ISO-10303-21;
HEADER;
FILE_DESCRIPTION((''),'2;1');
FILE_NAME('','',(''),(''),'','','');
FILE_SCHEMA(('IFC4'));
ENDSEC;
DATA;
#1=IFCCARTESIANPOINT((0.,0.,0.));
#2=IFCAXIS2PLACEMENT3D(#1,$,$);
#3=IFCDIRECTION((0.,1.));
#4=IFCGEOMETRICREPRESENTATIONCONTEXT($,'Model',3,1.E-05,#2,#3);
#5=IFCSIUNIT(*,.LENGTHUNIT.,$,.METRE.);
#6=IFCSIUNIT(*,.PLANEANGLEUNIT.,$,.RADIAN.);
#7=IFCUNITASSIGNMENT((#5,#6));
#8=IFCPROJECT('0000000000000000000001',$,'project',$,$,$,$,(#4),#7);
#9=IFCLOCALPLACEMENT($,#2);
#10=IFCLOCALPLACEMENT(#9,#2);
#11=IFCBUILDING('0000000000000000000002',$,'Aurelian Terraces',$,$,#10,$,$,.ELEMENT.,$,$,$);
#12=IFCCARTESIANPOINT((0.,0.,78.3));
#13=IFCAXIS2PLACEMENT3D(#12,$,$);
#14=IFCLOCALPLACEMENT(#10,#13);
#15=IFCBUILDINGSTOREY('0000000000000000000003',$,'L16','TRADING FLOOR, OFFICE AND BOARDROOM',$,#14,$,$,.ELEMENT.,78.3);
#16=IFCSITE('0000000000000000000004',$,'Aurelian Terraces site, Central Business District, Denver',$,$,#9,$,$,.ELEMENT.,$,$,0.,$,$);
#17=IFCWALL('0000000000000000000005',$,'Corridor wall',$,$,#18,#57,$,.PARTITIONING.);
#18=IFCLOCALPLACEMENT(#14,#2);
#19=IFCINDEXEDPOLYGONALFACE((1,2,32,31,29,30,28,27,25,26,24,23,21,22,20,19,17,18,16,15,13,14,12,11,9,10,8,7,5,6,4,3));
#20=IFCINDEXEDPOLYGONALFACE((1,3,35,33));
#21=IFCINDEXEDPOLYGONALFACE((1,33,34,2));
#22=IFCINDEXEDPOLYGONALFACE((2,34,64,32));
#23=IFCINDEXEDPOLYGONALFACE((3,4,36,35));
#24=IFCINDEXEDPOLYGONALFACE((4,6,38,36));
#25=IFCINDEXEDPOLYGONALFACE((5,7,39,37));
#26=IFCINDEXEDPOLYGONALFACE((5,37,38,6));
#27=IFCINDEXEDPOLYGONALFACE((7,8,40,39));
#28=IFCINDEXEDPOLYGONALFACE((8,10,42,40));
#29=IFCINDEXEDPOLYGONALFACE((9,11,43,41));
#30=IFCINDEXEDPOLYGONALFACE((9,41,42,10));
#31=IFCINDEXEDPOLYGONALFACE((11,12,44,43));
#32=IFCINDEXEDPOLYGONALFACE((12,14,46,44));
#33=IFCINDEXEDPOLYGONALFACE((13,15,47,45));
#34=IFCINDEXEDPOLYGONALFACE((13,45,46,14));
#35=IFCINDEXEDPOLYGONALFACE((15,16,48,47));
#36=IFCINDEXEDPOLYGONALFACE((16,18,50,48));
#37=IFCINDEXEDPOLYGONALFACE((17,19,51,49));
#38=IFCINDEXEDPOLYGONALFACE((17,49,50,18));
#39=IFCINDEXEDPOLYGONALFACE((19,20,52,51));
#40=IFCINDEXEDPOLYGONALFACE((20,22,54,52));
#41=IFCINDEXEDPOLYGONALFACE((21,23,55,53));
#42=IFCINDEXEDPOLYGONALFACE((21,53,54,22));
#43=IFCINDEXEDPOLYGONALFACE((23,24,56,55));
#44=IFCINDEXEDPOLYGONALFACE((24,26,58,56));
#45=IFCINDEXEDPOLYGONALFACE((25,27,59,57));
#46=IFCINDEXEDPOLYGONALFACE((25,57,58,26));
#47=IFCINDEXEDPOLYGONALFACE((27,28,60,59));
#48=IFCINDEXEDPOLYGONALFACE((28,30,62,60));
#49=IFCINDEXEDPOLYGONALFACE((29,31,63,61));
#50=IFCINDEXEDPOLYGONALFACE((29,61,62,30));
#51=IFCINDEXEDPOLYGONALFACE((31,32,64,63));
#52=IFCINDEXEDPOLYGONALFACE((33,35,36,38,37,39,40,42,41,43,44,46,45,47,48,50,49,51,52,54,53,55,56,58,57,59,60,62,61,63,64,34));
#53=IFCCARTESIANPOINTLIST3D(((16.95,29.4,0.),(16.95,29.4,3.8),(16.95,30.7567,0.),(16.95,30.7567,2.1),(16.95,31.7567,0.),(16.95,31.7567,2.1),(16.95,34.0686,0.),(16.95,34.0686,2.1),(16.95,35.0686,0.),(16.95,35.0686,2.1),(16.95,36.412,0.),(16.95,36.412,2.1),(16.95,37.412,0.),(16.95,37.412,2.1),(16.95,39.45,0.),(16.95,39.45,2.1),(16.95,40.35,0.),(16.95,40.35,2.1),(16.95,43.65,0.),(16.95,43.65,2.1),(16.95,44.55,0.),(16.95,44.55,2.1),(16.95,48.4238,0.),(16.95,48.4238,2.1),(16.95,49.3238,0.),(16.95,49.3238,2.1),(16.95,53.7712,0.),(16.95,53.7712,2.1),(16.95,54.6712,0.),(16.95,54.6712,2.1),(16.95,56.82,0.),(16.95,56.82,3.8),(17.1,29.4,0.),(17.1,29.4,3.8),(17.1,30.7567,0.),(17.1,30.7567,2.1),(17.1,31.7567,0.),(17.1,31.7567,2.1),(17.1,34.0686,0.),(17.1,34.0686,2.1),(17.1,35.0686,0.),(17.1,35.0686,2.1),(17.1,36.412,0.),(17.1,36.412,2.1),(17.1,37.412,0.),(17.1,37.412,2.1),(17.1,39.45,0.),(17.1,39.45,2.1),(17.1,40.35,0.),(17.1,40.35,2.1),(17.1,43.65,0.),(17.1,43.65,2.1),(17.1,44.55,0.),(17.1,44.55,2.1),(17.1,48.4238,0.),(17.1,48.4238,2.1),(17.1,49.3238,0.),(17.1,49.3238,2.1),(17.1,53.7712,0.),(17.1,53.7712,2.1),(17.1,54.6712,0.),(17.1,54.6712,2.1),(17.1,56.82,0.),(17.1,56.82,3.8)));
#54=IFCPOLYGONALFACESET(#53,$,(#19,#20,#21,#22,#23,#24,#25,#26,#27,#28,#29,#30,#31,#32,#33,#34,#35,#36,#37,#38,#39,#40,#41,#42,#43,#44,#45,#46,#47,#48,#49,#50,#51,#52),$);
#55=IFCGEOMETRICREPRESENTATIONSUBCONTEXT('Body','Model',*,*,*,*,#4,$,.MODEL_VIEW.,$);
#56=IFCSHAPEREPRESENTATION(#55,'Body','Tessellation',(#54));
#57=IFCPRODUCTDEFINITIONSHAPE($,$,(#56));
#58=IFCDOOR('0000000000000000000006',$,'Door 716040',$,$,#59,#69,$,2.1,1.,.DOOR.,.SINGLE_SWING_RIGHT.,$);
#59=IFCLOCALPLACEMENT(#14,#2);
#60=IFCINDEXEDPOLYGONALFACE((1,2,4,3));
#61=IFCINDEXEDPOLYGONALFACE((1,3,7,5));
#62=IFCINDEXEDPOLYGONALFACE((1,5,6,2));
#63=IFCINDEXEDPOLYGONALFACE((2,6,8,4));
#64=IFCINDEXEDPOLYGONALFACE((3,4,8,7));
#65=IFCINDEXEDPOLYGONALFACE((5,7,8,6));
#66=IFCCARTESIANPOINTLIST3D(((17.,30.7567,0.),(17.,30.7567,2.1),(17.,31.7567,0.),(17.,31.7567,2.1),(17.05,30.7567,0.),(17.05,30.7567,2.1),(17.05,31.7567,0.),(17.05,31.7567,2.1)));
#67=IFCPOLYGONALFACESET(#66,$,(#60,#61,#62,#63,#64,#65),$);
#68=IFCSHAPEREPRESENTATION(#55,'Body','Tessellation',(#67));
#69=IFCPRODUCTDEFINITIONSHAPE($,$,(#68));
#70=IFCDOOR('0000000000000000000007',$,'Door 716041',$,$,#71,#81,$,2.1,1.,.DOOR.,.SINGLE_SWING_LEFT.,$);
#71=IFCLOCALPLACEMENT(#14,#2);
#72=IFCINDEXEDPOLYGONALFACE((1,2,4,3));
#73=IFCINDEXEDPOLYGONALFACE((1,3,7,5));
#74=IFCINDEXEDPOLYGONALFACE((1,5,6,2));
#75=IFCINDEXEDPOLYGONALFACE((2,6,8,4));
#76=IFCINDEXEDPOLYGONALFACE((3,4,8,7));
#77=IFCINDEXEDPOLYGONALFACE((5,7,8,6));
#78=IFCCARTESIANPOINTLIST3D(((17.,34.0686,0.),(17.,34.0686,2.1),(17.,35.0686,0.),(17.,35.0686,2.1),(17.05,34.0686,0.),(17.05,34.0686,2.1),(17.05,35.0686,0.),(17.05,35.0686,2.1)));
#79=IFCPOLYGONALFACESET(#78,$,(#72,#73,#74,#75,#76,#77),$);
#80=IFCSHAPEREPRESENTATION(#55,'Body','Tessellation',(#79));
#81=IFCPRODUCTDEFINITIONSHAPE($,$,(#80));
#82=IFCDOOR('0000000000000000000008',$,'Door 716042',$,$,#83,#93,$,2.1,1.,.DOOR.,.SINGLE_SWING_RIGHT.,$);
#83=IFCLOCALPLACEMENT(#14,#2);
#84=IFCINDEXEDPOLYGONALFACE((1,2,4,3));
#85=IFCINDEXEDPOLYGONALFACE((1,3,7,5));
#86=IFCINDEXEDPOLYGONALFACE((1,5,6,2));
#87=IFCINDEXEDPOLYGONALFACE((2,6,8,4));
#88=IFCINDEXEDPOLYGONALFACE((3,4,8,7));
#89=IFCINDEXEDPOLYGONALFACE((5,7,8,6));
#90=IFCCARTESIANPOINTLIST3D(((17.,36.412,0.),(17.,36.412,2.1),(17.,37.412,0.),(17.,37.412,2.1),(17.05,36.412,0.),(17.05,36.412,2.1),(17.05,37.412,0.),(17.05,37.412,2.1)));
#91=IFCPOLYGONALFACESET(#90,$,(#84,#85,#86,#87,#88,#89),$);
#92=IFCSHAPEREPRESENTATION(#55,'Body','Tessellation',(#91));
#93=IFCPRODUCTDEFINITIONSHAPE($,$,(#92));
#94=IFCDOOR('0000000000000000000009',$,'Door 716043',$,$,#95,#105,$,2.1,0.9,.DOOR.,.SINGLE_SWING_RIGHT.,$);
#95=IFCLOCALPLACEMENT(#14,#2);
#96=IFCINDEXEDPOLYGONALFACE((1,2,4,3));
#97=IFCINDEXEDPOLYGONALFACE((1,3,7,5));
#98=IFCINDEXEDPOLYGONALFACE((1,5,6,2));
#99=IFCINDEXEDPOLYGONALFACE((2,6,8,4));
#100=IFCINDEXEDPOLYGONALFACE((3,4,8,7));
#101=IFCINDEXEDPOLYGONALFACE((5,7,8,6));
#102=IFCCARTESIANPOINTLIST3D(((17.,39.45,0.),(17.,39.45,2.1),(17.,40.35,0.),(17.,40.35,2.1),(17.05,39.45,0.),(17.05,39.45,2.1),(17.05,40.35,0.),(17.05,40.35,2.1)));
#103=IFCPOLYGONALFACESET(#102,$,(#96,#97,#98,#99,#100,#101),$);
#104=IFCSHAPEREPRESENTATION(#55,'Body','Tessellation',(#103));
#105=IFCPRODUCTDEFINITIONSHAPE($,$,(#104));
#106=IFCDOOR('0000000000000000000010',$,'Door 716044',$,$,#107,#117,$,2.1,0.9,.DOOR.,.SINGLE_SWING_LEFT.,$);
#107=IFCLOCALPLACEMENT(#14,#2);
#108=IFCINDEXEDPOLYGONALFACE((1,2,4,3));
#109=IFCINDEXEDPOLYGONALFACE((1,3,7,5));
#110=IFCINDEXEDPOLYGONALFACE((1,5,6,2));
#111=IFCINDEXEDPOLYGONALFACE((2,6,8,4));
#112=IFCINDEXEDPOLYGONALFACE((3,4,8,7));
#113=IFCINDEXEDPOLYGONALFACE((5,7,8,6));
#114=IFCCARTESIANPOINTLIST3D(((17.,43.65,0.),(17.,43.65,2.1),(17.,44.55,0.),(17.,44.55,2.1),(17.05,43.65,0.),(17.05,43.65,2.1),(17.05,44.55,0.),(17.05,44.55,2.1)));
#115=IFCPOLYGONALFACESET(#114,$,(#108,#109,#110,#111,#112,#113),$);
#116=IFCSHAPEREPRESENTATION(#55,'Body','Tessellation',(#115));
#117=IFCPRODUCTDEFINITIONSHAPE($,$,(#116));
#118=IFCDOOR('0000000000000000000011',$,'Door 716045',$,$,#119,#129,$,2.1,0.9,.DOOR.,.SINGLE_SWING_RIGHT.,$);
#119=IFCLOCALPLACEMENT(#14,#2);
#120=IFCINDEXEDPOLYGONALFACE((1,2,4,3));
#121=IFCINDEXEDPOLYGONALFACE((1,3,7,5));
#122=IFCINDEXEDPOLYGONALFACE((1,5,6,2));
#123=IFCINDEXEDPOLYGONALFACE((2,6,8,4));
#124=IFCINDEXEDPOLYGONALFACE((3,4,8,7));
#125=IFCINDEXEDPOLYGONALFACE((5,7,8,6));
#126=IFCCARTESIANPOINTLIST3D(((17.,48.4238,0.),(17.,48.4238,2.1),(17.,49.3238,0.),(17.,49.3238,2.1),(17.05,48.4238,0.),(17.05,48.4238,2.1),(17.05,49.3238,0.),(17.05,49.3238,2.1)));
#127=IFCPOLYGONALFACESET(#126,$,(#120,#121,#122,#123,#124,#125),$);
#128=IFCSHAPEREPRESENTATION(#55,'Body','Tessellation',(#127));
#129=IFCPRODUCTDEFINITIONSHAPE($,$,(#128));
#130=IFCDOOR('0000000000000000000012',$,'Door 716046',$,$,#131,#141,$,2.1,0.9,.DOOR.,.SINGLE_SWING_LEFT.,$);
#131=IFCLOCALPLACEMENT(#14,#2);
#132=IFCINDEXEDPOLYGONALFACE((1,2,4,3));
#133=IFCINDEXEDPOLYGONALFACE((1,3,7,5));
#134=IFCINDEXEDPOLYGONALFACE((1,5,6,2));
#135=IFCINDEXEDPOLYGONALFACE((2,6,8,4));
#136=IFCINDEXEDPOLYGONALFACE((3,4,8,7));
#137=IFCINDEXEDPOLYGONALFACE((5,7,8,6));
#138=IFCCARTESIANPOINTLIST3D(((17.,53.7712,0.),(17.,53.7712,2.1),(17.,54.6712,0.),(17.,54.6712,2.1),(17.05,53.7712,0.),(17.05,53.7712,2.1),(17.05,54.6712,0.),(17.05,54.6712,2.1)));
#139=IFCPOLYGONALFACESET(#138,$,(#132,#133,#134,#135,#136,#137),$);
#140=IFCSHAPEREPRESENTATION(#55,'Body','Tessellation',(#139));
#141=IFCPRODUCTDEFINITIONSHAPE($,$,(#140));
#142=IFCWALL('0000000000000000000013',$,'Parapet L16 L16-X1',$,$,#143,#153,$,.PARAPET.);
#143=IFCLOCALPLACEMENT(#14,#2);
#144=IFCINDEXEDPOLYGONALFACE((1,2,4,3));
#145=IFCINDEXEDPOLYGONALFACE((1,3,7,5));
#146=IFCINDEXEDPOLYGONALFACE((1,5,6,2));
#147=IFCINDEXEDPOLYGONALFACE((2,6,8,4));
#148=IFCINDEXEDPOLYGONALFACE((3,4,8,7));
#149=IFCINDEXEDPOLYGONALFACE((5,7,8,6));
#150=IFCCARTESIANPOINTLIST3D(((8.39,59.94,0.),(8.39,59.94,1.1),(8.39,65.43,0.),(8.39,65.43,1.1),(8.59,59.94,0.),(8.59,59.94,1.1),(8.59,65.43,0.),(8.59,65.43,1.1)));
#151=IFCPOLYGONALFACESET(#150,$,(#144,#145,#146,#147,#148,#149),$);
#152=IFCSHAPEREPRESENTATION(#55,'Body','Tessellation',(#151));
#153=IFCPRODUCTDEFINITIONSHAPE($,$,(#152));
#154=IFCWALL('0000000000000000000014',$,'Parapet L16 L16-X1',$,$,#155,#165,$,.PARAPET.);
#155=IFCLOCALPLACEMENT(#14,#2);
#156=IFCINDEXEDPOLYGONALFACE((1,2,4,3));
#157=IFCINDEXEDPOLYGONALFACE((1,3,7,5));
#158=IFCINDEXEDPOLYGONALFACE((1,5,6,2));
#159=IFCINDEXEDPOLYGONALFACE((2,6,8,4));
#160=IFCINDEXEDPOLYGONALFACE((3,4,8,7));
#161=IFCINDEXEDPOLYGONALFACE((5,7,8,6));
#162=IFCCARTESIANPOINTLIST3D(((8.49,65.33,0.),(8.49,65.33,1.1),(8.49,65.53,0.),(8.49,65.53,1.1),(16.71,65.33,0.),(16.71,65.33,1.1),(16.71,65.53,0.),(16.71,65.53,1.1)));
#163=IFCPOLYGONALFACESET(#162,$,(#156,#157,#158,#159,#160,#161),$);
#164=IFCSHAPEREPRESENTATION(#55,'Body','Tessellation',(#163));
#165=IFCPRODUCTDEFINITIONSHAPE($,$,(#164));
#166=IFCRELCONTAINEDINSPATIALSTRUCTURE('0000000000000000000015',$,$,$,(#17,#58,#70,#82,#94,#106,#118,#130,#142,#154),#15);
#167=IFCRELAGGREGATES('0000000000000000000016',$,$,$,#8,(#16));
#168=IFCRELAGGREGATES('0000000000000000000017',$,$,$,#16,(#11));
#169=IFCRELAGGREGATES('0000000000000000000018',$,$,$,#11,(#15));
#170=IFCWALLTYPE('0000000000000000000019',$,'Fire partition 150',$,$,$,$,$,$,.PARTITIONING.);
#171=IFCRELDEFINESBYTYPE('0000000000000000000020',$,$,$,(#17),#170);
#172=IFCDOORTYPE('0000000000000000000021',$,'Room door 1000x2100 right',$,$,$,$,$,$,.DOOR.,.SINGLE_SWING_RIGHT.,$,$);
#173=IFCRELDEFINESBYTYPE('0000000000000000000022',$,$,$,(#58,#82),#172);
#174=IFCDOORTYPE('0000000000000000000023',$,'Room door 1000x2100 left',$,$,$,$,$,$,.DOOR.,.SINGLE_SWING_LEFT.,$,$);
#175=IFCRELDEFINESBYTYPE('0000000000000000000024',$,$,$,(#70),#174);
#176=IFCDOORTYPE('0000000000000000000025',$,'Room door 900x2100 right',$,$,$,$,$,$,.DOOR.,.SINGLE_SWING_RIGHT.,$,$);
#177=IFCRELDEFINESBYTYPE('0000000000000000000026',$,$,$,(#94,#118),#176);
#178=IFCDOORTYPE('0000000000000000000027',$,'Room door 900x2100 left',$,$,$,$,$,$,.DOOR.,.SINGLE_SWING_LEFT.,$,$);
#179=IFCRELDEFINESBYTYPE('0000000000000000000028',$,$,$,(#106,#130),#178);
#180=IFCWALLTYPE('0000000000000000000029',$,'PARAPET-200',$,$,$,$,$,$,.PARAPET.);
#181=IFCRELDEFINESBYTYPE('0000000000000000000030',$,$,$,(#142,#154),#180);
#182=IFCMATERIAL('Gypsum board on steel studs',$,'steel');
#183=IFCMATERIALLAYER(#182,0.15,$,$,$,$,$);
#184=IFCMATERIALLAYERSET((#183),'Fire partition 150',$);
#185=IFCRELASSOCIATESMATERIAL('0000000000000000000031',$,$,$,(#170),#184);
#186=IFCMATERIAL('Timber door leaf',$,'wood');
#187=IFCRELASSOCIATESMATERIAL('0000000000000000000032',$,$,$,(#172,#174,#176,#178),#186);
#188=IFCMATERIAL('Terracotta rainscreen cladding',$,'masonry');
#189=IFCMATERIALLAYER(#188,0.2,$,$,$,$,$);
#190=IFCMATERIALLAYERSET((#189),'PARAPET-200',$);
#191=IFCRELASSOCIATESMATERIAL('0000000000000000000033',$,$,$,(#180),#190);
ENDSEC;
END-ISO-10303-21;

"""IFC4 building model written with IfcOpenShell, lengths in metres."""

from ifc_helpers import new_model, si_unit, direction, frame, frame_2d, origin, place, context, subcontext, project, spatial, rectangle, extrude, source, transform, mapped, material, layer, layer_set, type_object, element, fill, save


model = new_model("IFC4")

# Units and contexts
model_context = context("Model", 3, precision=1e-05, world=origin(), true_north=direction((0.0, 1.0)))
body_context = subcontext(model_context, "Body", "Model", "MODEL_VIEW")
ifc_project = project(units=[si_unit("LENGTHUNIT", "METRE"), si_unit("PLANEANGLEUNIT", "RADIAN")], contexts=[model_context])

# Site, building, storey
site_placement = place(None, origin())
site = spatial("IfcSite", under=ifc_project, at=site_placement, Name="Aurelian Terraces site, Central Business District, Denver", CompositionType="ELEMENT", RefElevation=0.0)
building_placement = place(site_placement, origin())
building = spatial("IfcBuilding", under=site, at=building_placement, Name="Aurelian Terraces", CompositionType="ELEMENT")
storey_placement = place(building_placement, frame((0.0, 0.0, 78.3)))
storey = spatial("IfcBuildingStorey", under=building, at=storey_placement, Name="L16", Description="TRADING FLOOR, OFFICE AND BOARDROOM", CompositionType="ELEMENT", Elevation=78.3)

# Shared definitions
ifc_material_1 = material(Name="Terracotta rainscreen cladding", Category="masonry")

# Wall, openings, doors
ifc_material_2 = material(Name="Gypsum board on steel studs", Category="steel")
ifc_layer_1 = layer(ifc_material_2, 0.15)
ifc_layer_set_1 = layer_set([ifc_layer_1], Name="Fire partition 150")
wall_type_1 = type_object("IfcWallType", Name="Fire partition 150", PredefinedType="PARTITIONING", material=ifc_layer_set_1)
wall_1_placement = place(storey_placement, frame((17.025, 56.82, 0.0), z_axis=(0.0, 0.0, 1.0), x_axis=(0.0, -1.0, 0.0)))
wall_1 = element("IfcWall", 1, at=wall_1_placement, inside=storey, type_object=wall_type_1, Name="Corridor wall", PredefinedType="PARTITIONING", context=body_context, shape_type="SweptSolid", body=[
    extrude(rectangle(XDim=27.42, YDim=0.15, at=frame_2d((13.71, 0.0))), origin(), (0.0, 0.0, 1.0), 3.8),
])
shared_shape_1 = source(origin(), body_context, "Body", "SweptSolid", [
    extrude(rectangle(XDim=1.0, YDim=2.1, at=frame_2d((0.5, 1.05))), frame((0.0, 0.085, 0.0), z_axis=(0.0, -1.0, 0.0), x_axis=(1.0, 0.0, 0.0)), (0.0, 0.0, 1.0), 0.17),
])
opening_1_placement = place(wall_1_placement, frame((25.0633, 0.0, 0.0)))
opening_1 = element("IfcOpeningElement", 2, at=opening_1_placement, cuts=wall_1, PredefinedType="OPENING", context=body_context, shape_type="MappedRepresentation", body=[
    mapped(shared_shape_1, transform((0.0, 0.0, 0.0), scale=1.0)),
])
opening_2_placement = place(wall_1_placement, frame((21.7514, 0.0, 0.0)))
opening_2 = element("IfcOpeningElement", 3, at=opening_2_placement, cuts=wall_1, PredefinedType="OPENING", context=body_context, shape_type="MappedRepresentation", body=[
    mapped(shared_shape_1, transform((0.0, 0.0, 0.0), scale=1.0)),
])
opening_3_placement = place(wall_1_placement, frame((19.408, 0.0, 0.0)))
opening_3 = element("IfcOpeningElement", 4, at=opening_3_placement, cuts=wall_1, PredefinedType="OPENING", context=body_context, shape_type="MappedRepresentation", body=[
    mapped(shared_shape_1, transform((0.0, 0.0, 0.0), scale=1.0)),
])
shared_shape_2 = source(origin(), body_context, "Body", "SweptSolid", [
    extrude(rectangle(XDim=0.9, YDim=2.1, at=frame_2d((0.45, 1.05))), frame((0.0, 0.085, 0.0), z_axis=(0.0, -1.0, 0.0), x_axis=(1.0, 0.0, 0.0)), (0.0, 0.0, 1.0), 0.17),
])
opening_4_placement = place(wall_1_placement, frame((16.47, 0.0, 0.0)))
opening_4 = element("IfcOpeningElement", 5, at=opening_4_placement, cuts=wall_1, PredefinedType="OPENING", context=body_context, shape_type="MappedRepresentation", body=[
    mapped(shared_shape_2, transform((0.0, 0.0, 0.0), scale=1.0)),
])
opening_5_placement = place(wall_1_placement, frame((12.27, 0.0, 0.0)))
opening_5 = element("IfcOpeningElement", 6, at=opening_5_placement, cuts=wall_1, PredefinedType="OPENING", context=body_context, shape_type="MappedRepresentation", body=[
    mapped(shared_shape_2, transform((0.0, 0.0, 0.0), scale=1.0)),
])
opening_6_placement = place(wall_1_placement, frame((7.4962, 0.0, 0.0)))
opening_6 = element("IfcOpeningElement", 7, at=opening_6_placement, cuts=wall_1, PredefinedType="OPENING", context=body_context, shape_type="MappedRepresentation", body=[
    mapped(shared_shape_2, transform((0.0, 0.0, 0.0), scale=1.0)),
])
opening_7_placement = place(wall_1_placement, frame((2.1488, 0.0, 0.0)))
opening_7 = element("IfcOpeningElement", 8, at=opening_7_placement, cuts=wall_1, PredefinedType="OPENING", context=body_context, shape_type="MappedRepresentation", body=[
    mapped(shared_shape_2, transform((0.0, 0.0, 0.0), scale=1.0)),
])
ifc_material_3 = material(Name="Timber door leaf", Category="wood")
door_type_1 = type_object("IfcDoorType", Name="Room door 1000x2100 right", OperationType="SINGLE_SWING_RIGHT", PredefinedType="DOOR", material=ifc_material_3)
shared_shape_3 = source(origin(), body_context, "Body", "SweptSolid", [
    extrude(rectangle(XDim=1.0, YDim=2.1, at=frame_2d((0.5, 1.05))), frame((0.0, 0.025, 0.0), z_axis=(0.0, -1.0, 0.0), x_axis=(1.0, 0.0, 0.0)), (0.0, 0.0, 1.0), 0.05),
])
door_1_placement = place(opening_1_placement, origin())
door_1 = element("IfcDoor", 9, at=door_1_placement, inside=storey, type_object=door_type_1, Name="Door 716040", OperationType="SINGLE_SWING_RIGHT", OverallHeight=2.1, OverallWidth=1.0, PredefinedType="DOOR", context=body_context, shape_type="MappedRepresentation", body=[
    mapped(shared_shape_3, transform((0.0, 0.0, 0.0), scale=1.0)),
])
fill(opening_1, door_1)
door_type_2 = type_object("IfcDoorType", Name="Room door 1000x2100 left", OperationType="SINGLE_SWING_LEFT", PredefinedType="DOOR", material=ifc_material_3)
door_2_placement = place(opening_2_placement, origin())
door_2 = element("IfcDoor", 10, at=door_2_placement, inside=storey, type_object=door_type_2, Name="Door 716041", OperationType="SINGLE_SWING_LEFT", OverallHeight=2.1, OverallWidth=1.0, PredefinedType="DOOR", context=body_context, shape_type="MappedRepresentation", body=[
    mapped(shared_shape_3, transform((0.0, 0.0, 0.0), scale=1.0)),
])
fill(opening_2, door_2)
door_3_placement = place(opening_3_placement, origin())
door_3 = element("IfcDoor", 11, at=door_3_placement, inside=storey, type_object=door_type_1, Name="Door 716042", OperationType="SINGLE_SWING_RIGHT", OverallHeight=2.1, OverallWidth=1.0, PredefinedType="DOOR", context=body_context, shape_type="MappedRepresentation", body=[
    mapped(shared_shape_3, transform((0.0, 0.0, 0.0), scale=1.0)),
])
fill(opening_3, door_3)
door_type_3 = type_object("IfcDoorType", Name="Room door 900x2100 right", OperationType="SINGLE_SWING_RIGHT", PredefinedType="DOOR", material=ifc_material_3)
shared_shape_4 = source(origin(), body_context, "Body", "SweptSolid", [
    extrude(rectangle(XDim=0.9, YDim=2.1, at=frame_2d((0.45, 1.05))), frame((0.0, 0.025, 0.0), z_axis=(0.0, -1.0, 0.0), x_axis=(1.0, 0.0, 0.0)), (0.0, 0.0, 1.0), 0.05),
])
door_4_placement = place(opening_4_placement, origin())
door_4 = element("IfcDoor", 12, at=door_4_placement, inside=storey, type_object=door_type_3, Name="Door 716043", OperationType="SINGLE_SWING_RIGHT", OverallHeight=2.1, OverallWidth=0.9, PredefinedType="DOOR", context=body_context, shape_type="MappedRepresentation", body=[
    mapped(shared_shape_4, transform((0.0, 0.0, 0.0), scale=1.0)),
])
fill(opening_4, door_4)
door_type_4 = type_object("IfcDoorType", Name="Room door 900x2100 left", OperationType="SINGLE_SWING_LEFT", PredefinedType="DOOR", material=ifc_material_3)
door_5_placement = place(opening_5_placement, origin())
door_5 = element("IfcDoor", 13, at=door_5_placement, inside=storey, type_object=door_type_4, Name="Door 716044", OperationType="SINGLE_SWING_LEFT", OverallHeight=2.1, OverallWidth=0.9, PredefinedType="DOOR", context=body_context, shape_type="MappedRepresentation", body=[
    mapped(shared_shape_4, transform((0.0, 0.0, 0.0), scale=1.0)),
])
fill(opening_5, door_5)
door_6_placement = place(opening_6_placement, origin())
door_6 = element("IfcDoor", 14, at=door_6_placement, inside=storey, type_object=door_type_3, Name="Door 716045", OperationType="SINGLE_SWING_RIGHT", OverallHeight=2.1, OverallWidth=0.9, PredefinedType="DOOR", context=body_context, shape_type="MappedRepresentation", body=[
    mapped(shared_shape_4, transform((0.0, 0.0, 0.0), scale=1.0)),
])
fill(opening_6, door_6)
door_7_placement = place(opening_7_placement, origin())
door_7 = element("IfcDoor", 15, at=door_7_placement, inside=storey, type_object=door_type_4, Name="Door 716046", OperationType="SINGLE_SWING_LEFT", OverallHeight=2.1, OverallWidth=0.9, PredefinedType="DOOR", context=body_context, shape_type="MappedRepresentation", body=[
    mapped(shared_shape_4, transform((0.0, 0.0, 0.0), scale=1.0)),
])
fill(opening_7, door_7)

# Walls
ifc_layer_2 = layer(ifc_material_1, 0.2)
ifc_layer_set_2 = layer_set([ifc_layer_2], Name="PARAPET-200")
wall_type_2 = type_object("IfcWallType", Name="PARAPET-200", PredefinedType="PARAPET", material=ifc_layer_set_2)
wall_2_placement = place(storey_placement, frame((8.49, 59.94, 0.0), z_axis=(0.0, 0.0, 1.0), x_axis=(0.0, 1.0, 0.0)))
element("IfcWall", 16, at=wall_2_placement, inside=storey, type_object=wall_type_2, Name="Parapet L16 L16-X1", PredefinedType="PARAPET", context=body_context, shape_type="SweptSolid", body=[
    extrude(rectangle(XDim=5.49, YDim=0.2, at=frame_2d((2.745, 0.0))), origin(), (0.0, 0.0, 1.0), 1.1),
])
wall_3_placement = place(storey_placement, frame((8.49, 65.43, 0.0), z_axis=(0.0, 0.0, 1.0), x_axis=(1.0, 0.0, 0.0)))
element("IfcWall", 17, at=wall_3_placement, inside=storey, type_object=wall_type_2, Name="Parapet L16 L16-X1", PredefinedType="PARAPET", context=body_context, shape_type="SweptSolid", body=[
    extrude(rectangle(XDim=8.22, YDim=0.2, at=frame_2d((4.11, 0.0))), origin(), (0.0, 0.0, 1.0), 1.1),
])

save(model, "model.ifc")
